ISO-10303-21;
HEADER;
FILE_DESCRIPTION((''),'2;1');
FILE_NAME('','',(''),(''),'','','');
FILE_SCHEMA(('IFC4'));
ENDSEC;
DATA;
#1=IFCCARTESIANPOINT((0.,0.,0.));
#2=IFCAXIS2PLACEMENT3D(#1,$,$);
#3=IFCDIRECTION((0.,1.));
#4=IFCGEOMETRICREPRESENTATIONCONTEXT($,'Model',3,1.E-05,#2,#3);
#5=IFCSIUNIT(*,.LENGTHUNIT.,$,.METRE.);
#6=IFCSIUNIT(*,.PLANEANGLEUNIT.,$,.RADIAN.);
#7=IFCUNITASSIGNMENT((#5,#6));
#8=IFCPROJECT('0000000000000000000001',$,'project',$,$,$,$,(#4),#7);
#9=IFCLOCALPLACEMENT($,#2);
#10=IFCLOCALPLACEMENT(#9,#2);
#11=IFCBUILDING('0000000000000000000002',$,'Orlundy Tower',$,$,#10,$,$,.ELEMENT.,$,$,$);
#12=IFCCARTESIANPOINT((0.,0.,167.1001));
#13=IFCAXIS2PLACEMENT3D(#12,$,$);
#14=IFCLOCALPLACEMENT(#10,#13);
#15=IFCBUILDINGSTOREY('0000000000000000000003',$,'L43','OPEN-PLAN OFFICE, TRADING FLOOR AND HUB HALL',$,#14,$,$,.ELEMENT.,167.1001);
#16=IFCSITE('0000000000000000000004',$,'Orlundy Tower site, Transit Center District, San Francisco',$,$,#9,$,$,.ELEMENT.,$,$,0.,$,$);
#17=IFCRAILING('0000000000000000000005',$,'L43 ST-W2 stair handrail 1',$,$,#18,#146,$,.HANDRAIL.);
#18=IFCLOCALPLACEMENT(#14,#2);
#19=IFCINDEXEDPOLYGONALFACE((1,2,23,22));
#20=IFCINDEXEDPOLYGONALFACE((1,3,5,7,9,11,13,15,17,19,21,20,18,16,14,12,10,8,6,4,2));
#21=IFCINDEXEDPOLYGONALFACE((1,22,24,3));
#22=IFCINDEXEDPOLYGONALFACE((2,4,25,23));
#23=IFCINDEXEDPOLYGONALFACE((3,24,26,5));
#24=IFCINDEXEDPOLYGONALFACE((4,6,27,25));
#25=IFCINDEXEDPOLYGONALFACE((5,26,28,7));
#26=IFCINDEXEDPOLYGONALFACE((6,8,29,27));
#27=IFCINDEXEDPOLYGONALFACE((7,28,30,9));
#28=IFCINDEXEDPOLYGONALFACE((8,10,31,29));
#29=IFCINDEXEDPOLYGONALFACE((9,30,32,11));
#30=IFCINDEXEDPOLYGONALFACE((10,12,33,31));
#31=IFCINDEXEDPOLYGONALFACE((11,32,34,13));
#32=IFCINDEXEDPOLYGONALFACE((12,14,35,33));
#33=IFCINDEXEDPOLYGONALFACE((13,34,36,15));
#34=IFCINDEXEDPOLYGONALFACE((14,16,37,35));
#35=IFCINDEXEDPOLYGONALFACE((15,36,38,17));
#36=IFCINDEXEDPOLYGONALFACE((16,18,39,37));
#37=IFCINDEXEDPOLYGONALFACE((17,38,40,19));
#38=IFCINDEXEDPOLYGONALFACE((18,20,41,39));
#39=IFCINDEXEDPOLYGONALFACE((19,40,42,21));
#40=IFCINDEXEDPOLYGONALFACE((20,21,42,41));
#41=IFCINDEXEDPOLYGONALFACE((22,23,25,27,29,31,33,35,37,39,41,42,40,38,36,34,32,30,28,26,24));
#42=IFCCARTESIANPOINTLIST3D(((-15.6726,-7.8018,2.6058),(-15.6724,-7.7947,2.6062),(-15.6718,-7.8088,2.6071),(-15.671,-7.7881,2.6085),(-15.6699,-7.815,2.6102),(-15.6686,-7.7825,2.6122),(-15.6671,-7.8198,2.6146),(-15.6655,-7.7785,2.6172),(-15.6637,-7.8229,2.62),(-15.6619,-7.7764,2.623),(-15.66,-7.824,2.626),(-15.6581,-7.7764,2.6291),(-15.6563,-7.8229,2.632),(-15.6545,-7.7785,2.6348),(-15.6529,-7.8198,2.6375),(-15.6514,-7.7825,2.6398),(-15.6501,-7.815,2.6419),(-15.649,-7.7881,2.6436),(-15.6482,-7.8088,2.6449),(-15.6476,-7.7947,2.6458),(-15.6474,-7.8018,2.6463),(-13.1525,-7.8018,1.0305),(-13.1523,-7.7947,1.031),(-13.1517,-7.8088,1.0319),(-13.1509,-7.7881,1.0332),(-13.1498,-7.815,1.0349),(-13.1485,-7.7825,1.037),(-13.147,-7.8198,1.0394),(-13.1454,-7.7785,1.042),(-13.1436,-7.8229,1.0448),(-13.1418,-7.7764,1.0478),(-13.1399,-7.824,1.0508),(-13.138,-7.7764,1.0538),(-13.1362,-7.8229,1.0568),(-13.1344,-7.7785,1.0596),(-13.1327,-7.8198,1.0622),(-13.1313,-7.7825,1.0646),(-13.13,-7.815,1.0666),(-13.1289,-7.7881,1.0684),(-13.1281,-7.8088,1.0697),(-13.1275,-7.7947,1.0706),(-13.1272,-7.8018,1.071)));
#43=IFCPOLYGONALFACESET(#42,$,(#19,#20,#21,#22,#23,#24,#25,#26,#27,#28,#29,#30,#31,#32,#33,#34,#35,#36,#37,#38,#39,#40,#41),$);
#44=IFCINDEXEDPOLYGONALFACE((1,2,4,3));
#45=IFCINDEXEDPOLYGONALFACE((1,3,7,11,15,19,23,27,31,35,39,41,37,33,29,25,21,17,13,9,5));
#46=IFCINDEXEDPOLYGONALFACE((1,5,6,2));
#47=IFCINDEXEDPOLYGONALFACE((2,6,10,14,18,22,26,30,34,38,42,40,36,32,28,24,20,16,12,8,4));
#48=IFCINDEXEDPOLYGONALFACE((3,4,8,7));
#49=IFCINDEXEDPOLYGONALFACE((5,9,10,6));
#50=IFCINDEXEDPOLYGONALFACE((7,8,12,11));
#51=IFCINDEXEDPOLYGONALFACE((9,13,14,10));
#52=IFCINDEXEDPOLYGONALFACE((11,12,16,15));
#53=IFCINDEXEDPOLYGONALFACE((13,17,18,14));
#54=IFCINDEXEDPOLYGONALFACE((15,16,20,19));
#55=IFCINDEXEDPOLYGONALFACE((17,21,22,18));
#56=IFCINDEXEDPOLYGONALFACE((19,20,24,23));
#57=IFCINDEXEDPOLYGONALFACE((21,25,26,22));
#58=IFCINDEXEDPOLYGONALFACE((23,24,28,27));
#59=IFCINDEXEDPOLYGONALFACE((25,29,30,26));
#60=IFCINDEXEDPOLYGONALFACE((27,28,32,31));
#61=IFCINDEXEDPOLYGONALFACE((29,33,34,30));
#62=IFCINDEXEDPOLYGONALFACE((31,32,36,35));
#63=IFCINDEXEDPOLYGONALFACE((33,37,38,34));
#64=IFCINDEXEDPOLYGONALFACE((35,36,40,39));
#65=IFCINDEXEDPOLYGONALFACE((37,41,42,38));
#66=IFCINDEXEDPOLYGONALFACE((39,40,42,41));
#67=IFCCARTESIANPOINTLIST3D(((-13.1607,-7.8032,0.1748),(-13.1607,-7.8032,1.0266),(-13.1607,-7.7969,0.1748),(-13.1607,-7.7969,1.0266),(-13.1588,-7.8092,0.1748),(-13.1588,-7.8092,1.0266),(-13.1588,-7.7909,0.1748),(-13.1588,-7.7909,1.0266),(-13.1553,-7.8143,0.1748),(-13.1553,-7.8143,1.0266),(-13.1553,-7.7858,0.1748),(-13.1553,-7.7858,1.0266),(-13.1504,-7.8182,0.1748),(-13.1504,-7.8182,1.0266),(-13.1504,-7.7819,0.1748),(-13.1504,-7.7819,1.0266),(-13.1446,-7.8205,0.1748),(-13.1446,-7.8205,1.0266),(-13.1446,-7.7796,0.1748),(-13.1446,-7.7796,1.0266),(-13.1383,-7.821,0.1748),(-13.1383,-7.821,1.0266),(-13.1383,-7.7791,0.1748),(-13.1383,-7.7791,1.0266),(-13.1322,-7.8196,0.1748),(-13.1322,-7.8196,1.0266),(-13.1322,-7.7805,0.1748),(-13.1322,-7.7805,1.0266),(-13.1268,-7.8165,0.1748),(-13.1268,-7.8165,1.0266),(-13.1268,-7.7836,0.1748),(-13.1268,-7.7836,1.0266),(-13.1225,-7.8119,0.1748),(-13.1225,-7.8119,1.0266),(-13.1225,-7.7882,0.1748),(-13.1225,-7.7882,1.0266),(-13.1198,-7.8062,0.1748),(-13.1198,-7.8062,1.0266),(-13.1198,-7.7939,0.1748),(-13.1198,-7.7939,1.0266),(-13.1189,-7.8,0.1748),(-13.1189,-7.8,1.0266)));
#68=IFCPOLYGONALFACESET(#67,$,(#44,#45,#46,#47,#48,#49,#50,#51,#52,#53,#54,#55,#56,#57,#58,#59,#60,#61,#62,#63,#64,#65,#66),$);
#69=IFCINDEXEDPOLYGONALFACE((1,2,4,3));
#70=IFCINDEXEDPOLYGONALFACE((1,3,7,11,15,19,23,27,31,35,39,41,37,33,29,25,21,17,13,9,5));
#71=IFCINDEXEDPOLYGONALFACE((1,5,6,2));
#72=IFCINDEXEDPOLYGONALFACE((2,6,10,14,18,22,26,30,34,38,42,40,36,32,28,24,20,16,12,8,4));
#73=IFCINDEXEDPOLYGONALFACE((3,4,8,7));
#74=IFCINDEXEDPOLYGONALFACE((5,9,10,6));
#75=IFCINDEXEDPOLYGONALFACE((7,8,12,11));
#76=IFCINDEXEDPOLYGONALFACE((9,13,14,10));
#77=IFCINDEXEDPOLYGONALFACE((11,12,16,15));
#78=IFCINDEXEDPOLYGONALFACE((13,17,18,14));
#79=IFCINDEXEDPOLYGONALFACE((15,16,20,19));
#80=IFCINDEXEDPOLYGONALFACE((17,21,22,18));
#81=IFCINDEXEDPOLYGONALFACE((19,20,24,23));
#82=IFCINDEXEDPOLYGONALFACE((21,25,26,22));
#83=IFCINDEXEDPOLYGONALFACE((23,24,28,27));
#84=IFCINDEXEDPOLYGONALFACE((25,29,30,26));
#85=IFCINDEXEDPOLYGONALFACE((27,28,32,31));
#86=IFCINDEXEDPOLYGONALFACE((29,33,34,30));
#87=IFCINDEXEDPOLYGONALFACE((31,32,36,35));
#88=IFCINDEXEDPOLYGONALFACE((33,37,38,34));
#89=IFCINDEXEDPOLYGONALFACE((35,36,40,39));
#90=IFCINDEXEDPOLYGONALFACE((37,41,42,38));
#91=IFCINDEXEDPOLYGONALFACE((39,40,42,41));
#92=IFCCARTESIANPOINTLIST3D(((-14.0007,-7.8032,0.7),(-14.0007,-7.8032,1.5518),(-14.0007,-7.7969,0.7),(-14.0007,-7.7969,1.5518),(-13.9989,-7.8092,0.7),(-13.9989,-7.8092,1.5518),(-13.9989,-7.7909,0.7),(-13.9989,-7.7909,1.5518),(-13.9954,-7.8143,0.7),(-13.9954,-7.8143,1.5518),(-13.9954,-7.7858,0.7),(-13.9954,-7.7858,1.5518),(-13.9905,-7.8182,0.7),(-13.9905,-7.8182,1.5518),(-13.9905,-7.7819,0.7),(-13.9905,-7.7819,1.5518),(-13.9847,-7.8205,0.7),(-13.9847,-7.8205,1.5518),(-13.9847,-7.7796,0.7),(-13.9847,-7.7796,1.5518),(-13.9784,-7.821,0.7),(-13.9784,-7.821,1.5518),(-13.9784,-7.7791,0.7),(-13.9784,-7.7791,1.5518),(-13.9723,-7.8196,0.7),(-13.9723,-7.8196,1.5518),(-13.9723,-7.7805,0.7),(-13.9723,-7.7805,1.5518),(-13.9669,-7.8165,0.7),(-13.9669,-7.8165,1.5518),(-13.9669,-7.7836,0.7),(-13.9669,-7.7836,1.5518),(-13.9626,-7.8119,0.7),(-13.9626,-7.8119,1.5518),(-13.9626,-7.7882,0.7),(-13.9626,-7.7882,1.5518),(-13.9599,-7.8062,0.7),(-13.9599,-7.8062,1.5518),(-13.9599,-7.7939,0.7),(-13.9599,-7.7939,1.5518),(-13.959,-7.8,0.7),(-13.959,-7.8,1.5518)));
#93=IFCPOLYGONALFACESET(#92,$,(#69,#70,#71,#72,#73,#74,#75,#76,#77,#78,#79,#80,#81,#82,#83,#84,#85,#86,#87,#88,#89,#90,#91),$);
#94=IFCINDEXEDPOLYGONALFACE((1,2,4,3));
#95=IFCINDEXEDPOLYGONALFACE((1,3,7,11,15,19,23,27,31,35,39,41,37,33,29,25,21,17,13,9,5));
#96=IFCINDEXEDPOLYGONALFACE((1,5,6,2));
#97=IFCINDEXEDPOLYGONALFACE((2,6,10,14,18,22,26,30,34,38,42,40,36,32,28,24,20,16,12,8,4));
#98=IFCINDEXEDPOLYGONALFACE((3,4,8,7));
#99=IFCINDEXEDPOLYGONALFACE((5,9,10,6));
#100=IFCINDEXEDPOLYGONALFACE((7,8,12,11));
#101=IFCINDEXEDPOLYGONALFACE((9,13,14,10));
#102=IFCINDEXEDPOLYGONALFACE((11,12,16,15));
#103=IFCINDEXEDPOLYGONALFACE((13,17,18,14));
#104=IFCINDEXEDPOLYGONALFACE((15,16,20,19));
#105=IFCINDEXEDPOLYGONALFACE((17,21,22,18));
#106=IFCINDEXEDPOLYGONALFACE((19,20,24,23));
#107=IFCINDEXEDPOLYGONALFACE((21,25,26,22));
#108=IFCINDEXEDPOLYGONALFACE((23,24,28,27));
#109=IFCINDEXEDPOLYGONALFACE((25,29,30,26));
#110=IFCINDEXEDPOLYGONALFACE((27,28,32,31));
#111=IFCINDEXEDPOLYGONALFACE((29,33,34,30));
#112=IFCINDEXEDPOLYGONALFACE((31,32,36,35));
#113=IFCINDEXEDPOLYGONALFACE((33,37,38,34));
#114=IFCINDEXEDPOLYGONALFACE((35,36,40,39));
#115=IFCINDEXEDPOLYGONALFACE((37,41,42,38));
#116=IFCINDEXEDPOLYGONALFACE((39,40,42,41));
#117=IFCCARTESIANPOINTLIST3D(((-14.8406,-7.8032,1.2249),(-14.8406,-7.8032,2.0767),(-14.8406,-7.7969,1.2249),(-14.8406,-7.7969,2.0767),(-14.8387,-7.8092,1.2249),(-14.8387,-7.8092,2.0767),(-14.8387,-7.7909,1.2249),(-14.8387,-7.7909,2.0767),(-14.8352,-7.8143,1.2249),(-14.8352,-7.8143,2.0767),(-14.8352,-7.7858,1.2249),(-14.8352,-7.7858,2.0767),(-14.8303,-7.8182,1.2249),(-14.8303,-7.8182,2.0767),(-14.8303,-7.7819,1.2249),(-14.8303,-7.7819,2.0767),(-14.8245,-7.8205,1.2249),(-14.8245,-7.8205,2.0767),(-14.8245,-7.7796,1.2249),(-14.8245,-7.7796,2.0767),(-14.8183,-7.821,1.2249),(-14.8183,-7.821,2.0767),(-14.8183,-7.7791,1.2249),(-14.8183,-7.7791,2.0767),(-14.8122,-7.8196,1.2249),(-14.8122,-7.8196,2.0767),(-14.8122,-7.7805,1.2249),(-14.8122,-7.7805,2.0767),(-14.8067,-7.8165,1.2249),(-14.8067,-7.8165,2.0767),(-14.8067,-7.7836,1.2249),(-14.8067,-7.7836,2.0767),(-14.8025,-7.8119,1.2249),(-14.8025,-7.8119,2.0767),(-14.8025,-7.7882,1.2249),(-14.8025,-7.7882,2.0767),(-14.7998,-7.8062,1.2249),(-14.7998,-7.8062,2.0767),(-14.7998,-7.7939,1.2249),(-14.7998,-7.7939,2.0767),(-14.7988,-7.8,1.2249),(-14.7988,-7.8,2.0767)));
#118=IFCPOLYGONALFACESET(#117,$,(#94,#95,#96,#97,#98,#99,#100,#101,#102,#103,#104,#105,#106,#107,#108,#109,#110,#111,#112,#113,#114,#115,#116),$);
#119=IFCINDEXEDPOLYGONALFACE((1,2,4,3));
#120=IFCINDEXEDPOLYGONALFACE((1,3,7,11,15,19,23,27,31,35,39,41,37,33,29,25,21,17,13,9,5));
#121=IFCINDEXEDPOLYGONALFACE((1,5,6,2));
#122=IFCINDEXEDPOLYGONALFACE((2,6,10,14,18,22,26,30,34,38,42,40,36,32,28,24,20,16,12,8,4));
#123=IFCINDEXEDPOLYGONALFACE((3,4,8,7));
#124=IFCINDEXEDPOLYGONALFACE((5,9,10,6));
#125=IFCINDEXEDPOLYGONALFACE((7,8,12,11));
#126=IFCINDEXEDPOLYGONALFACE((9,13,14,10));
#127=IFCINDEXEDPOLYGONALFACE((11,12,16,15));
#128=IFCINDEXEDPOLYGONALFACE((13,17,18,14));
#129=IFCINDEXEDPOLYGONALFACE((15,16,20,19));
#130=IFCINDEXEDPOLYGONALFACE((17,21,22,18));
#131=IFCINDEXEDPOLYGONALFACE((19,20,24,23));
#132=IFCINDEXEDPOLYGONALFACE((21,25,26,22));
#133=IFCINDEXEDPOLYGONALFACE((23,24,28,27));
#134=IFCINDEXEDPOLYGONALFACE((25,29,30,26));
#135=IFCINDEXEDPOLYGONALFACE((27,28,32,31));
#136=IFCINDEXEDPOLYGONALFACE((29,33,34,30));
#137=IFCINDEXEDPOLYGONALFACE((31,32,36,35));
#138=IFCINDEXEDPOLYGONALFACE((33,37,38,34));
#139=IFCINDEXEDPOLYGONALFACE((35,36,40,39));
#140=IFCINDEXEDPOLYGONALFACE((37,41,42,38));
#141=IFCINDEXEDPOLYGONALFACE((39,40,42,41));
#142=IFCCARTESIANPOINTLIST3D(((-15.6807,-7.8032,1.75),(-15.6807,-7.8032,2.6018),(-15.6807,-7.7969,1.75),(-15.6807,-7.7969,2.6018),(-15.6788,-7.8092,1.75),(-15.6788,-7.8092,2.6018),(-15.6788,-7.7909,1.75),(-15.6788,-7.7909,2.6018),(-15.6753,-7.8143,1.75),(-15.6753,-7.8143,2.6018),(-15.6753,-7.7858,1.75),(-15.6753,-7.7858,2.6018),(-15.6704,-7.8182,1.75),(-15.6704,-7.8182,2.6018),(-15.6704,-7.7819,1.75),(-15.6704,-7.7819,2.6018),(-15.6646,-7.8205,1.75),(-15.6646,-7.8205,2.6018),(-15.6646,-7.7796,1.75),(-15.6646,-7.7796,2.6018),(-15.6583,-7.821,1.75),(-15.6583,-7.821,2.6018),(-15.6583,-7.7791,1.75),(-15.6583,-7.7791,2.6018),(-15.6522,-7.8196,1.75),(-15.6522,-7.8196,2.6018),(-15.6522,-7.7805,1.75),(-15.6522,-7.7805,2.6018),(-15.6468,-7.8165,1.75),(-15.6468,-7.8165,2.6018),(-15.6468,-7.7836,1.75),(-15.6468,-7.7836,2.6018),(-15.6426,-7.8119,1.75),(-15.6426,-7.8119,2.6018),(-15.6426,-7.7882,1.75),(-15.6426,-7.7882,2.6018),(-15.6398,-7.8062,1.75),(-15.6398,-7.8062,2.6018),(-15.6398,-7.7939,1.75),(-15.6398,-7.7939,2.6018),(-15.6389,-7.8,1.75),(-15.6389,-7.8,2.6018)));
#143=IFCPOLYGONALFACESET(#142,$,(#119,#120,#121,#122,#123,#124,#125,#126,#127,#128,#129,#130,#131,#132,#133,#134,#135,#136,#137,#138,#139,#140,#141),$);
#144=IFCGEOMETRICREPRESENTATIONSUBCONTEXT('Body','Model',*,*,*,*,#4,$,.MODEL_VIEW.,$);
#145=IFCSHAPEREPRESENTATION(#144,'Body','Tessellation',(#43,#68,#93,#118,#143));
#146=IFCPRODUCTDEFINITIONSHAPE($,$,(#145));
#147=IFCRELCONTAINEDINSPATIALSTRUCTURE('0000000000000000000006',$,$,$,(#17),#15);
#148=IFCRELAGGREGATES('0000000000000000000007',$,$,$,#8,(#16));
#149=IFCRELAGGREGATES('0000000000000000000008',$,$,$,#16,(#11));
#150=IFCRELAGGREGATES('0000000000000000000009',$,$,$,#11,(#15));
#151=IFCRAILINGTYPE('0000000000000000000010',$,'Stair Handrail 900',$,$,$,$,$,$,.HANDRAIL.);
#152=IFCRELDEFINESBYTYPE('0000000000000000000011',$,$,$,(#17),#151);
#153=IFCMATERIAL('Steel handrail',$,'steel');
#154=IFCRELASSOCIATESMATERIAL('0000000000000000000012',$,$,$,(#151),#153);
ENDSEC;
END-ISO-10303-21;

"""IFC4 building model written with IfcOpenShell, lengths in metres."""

from ifc_helpers import new_model, si_unit, direction, frame, origin, origin_2d, place, context, subcontext, project, spatial, circle, extrude, material, type_object, element, save


model = new_model("IFC4")

# Units and contexts
model_context = context("Model", 3, precision=1e-05, world=origin(), true_north=direction((0.0, 1.0)))
body_context = subcontext(model_context, "Body", "Model", "MODEL_VIEW")
ifc_project = project(units=[si_unit("LENGTHUNIT", "METRE"), si_unit("PLANEANGLEUNIT", "RADIAN")], contexts=[model_context])

# Site, building, storey
site_placement = place(None, origin())
site = spatial("IfcSite", under=ifc_project, at=site_placement, Name="Orlundy Tower site, Transit Center District, San Francisco", CompositionType="ELEMENT", RefElevation=0.0)
building_placement = place(site_placement, origin())
building = spatial("IfcBuilding", under=site, at=building_placement, Name="Orlundy Tower", CompositionType="ELEMENT")
storey_placement = place(building_placement, frame((0.0, 0.0, 167.1001)))
storey = spatial("IfcBuildingStorey", under=building, at=storey_placement, Name="L43", Description="OPEN-PLAN OFFICE, TRADING FLOOR AND HUB HALL", CompositionType="ELEMENT", Elevation=167.1001)

# Railing
ifc_material_1 = material(Name="Steel handrail", Category="steel")
railing_type_1 = type_object("IfcRailingType", Name="Stair Handrail 900", PredefinedType="HANDRAIL", material=ifc_material_1)
railing_1_placement = place(storey_placement, frame((-13.1399, -7.8, 0.1748)))
element("IfcRailing", 1, at=railing_1_placement, inside=storey, type_object=railing_type_1, Name="L43 ST-W2 stair handrail 1", PredefinedType="HANDRAIL", context=body_context, shape_type="SweptSolid", body=[
    extrude(circle(Radius=0.0239, at=origin_2d()), frame((0.0, 0.0, 0.876), z_axis=(-0.847971, 0.0, 0.530043), x_axis=(0.0, -1.0, 0.0)), (0.0, 0.0, 1.0), 2.9719),
    extrude(circle(Radius=0.021, at=origin_2d()), origin(), (0.0, 0.0, 1.0), 0.8518),
    extrude(circle(Radius=0.021, at=origin_2d()), frame((-0.8401, 0.0, 0.5251)), (0.0, 0.0, 1.0), 0.8518),
    extrude(circle(Radius=0.021, at=origin_2d()), frame((-1.6799, 0.0, 1.05)), (0.0, 0.0, 1.0), 0.8518),
    extrude(circle(Radius=0.021, at=origin_2d()), frame((-2.52, 0.0, 1.5752)), (0.0, 0.0, 1.0), 0.8518),
])

save(model, "model.ifc")
